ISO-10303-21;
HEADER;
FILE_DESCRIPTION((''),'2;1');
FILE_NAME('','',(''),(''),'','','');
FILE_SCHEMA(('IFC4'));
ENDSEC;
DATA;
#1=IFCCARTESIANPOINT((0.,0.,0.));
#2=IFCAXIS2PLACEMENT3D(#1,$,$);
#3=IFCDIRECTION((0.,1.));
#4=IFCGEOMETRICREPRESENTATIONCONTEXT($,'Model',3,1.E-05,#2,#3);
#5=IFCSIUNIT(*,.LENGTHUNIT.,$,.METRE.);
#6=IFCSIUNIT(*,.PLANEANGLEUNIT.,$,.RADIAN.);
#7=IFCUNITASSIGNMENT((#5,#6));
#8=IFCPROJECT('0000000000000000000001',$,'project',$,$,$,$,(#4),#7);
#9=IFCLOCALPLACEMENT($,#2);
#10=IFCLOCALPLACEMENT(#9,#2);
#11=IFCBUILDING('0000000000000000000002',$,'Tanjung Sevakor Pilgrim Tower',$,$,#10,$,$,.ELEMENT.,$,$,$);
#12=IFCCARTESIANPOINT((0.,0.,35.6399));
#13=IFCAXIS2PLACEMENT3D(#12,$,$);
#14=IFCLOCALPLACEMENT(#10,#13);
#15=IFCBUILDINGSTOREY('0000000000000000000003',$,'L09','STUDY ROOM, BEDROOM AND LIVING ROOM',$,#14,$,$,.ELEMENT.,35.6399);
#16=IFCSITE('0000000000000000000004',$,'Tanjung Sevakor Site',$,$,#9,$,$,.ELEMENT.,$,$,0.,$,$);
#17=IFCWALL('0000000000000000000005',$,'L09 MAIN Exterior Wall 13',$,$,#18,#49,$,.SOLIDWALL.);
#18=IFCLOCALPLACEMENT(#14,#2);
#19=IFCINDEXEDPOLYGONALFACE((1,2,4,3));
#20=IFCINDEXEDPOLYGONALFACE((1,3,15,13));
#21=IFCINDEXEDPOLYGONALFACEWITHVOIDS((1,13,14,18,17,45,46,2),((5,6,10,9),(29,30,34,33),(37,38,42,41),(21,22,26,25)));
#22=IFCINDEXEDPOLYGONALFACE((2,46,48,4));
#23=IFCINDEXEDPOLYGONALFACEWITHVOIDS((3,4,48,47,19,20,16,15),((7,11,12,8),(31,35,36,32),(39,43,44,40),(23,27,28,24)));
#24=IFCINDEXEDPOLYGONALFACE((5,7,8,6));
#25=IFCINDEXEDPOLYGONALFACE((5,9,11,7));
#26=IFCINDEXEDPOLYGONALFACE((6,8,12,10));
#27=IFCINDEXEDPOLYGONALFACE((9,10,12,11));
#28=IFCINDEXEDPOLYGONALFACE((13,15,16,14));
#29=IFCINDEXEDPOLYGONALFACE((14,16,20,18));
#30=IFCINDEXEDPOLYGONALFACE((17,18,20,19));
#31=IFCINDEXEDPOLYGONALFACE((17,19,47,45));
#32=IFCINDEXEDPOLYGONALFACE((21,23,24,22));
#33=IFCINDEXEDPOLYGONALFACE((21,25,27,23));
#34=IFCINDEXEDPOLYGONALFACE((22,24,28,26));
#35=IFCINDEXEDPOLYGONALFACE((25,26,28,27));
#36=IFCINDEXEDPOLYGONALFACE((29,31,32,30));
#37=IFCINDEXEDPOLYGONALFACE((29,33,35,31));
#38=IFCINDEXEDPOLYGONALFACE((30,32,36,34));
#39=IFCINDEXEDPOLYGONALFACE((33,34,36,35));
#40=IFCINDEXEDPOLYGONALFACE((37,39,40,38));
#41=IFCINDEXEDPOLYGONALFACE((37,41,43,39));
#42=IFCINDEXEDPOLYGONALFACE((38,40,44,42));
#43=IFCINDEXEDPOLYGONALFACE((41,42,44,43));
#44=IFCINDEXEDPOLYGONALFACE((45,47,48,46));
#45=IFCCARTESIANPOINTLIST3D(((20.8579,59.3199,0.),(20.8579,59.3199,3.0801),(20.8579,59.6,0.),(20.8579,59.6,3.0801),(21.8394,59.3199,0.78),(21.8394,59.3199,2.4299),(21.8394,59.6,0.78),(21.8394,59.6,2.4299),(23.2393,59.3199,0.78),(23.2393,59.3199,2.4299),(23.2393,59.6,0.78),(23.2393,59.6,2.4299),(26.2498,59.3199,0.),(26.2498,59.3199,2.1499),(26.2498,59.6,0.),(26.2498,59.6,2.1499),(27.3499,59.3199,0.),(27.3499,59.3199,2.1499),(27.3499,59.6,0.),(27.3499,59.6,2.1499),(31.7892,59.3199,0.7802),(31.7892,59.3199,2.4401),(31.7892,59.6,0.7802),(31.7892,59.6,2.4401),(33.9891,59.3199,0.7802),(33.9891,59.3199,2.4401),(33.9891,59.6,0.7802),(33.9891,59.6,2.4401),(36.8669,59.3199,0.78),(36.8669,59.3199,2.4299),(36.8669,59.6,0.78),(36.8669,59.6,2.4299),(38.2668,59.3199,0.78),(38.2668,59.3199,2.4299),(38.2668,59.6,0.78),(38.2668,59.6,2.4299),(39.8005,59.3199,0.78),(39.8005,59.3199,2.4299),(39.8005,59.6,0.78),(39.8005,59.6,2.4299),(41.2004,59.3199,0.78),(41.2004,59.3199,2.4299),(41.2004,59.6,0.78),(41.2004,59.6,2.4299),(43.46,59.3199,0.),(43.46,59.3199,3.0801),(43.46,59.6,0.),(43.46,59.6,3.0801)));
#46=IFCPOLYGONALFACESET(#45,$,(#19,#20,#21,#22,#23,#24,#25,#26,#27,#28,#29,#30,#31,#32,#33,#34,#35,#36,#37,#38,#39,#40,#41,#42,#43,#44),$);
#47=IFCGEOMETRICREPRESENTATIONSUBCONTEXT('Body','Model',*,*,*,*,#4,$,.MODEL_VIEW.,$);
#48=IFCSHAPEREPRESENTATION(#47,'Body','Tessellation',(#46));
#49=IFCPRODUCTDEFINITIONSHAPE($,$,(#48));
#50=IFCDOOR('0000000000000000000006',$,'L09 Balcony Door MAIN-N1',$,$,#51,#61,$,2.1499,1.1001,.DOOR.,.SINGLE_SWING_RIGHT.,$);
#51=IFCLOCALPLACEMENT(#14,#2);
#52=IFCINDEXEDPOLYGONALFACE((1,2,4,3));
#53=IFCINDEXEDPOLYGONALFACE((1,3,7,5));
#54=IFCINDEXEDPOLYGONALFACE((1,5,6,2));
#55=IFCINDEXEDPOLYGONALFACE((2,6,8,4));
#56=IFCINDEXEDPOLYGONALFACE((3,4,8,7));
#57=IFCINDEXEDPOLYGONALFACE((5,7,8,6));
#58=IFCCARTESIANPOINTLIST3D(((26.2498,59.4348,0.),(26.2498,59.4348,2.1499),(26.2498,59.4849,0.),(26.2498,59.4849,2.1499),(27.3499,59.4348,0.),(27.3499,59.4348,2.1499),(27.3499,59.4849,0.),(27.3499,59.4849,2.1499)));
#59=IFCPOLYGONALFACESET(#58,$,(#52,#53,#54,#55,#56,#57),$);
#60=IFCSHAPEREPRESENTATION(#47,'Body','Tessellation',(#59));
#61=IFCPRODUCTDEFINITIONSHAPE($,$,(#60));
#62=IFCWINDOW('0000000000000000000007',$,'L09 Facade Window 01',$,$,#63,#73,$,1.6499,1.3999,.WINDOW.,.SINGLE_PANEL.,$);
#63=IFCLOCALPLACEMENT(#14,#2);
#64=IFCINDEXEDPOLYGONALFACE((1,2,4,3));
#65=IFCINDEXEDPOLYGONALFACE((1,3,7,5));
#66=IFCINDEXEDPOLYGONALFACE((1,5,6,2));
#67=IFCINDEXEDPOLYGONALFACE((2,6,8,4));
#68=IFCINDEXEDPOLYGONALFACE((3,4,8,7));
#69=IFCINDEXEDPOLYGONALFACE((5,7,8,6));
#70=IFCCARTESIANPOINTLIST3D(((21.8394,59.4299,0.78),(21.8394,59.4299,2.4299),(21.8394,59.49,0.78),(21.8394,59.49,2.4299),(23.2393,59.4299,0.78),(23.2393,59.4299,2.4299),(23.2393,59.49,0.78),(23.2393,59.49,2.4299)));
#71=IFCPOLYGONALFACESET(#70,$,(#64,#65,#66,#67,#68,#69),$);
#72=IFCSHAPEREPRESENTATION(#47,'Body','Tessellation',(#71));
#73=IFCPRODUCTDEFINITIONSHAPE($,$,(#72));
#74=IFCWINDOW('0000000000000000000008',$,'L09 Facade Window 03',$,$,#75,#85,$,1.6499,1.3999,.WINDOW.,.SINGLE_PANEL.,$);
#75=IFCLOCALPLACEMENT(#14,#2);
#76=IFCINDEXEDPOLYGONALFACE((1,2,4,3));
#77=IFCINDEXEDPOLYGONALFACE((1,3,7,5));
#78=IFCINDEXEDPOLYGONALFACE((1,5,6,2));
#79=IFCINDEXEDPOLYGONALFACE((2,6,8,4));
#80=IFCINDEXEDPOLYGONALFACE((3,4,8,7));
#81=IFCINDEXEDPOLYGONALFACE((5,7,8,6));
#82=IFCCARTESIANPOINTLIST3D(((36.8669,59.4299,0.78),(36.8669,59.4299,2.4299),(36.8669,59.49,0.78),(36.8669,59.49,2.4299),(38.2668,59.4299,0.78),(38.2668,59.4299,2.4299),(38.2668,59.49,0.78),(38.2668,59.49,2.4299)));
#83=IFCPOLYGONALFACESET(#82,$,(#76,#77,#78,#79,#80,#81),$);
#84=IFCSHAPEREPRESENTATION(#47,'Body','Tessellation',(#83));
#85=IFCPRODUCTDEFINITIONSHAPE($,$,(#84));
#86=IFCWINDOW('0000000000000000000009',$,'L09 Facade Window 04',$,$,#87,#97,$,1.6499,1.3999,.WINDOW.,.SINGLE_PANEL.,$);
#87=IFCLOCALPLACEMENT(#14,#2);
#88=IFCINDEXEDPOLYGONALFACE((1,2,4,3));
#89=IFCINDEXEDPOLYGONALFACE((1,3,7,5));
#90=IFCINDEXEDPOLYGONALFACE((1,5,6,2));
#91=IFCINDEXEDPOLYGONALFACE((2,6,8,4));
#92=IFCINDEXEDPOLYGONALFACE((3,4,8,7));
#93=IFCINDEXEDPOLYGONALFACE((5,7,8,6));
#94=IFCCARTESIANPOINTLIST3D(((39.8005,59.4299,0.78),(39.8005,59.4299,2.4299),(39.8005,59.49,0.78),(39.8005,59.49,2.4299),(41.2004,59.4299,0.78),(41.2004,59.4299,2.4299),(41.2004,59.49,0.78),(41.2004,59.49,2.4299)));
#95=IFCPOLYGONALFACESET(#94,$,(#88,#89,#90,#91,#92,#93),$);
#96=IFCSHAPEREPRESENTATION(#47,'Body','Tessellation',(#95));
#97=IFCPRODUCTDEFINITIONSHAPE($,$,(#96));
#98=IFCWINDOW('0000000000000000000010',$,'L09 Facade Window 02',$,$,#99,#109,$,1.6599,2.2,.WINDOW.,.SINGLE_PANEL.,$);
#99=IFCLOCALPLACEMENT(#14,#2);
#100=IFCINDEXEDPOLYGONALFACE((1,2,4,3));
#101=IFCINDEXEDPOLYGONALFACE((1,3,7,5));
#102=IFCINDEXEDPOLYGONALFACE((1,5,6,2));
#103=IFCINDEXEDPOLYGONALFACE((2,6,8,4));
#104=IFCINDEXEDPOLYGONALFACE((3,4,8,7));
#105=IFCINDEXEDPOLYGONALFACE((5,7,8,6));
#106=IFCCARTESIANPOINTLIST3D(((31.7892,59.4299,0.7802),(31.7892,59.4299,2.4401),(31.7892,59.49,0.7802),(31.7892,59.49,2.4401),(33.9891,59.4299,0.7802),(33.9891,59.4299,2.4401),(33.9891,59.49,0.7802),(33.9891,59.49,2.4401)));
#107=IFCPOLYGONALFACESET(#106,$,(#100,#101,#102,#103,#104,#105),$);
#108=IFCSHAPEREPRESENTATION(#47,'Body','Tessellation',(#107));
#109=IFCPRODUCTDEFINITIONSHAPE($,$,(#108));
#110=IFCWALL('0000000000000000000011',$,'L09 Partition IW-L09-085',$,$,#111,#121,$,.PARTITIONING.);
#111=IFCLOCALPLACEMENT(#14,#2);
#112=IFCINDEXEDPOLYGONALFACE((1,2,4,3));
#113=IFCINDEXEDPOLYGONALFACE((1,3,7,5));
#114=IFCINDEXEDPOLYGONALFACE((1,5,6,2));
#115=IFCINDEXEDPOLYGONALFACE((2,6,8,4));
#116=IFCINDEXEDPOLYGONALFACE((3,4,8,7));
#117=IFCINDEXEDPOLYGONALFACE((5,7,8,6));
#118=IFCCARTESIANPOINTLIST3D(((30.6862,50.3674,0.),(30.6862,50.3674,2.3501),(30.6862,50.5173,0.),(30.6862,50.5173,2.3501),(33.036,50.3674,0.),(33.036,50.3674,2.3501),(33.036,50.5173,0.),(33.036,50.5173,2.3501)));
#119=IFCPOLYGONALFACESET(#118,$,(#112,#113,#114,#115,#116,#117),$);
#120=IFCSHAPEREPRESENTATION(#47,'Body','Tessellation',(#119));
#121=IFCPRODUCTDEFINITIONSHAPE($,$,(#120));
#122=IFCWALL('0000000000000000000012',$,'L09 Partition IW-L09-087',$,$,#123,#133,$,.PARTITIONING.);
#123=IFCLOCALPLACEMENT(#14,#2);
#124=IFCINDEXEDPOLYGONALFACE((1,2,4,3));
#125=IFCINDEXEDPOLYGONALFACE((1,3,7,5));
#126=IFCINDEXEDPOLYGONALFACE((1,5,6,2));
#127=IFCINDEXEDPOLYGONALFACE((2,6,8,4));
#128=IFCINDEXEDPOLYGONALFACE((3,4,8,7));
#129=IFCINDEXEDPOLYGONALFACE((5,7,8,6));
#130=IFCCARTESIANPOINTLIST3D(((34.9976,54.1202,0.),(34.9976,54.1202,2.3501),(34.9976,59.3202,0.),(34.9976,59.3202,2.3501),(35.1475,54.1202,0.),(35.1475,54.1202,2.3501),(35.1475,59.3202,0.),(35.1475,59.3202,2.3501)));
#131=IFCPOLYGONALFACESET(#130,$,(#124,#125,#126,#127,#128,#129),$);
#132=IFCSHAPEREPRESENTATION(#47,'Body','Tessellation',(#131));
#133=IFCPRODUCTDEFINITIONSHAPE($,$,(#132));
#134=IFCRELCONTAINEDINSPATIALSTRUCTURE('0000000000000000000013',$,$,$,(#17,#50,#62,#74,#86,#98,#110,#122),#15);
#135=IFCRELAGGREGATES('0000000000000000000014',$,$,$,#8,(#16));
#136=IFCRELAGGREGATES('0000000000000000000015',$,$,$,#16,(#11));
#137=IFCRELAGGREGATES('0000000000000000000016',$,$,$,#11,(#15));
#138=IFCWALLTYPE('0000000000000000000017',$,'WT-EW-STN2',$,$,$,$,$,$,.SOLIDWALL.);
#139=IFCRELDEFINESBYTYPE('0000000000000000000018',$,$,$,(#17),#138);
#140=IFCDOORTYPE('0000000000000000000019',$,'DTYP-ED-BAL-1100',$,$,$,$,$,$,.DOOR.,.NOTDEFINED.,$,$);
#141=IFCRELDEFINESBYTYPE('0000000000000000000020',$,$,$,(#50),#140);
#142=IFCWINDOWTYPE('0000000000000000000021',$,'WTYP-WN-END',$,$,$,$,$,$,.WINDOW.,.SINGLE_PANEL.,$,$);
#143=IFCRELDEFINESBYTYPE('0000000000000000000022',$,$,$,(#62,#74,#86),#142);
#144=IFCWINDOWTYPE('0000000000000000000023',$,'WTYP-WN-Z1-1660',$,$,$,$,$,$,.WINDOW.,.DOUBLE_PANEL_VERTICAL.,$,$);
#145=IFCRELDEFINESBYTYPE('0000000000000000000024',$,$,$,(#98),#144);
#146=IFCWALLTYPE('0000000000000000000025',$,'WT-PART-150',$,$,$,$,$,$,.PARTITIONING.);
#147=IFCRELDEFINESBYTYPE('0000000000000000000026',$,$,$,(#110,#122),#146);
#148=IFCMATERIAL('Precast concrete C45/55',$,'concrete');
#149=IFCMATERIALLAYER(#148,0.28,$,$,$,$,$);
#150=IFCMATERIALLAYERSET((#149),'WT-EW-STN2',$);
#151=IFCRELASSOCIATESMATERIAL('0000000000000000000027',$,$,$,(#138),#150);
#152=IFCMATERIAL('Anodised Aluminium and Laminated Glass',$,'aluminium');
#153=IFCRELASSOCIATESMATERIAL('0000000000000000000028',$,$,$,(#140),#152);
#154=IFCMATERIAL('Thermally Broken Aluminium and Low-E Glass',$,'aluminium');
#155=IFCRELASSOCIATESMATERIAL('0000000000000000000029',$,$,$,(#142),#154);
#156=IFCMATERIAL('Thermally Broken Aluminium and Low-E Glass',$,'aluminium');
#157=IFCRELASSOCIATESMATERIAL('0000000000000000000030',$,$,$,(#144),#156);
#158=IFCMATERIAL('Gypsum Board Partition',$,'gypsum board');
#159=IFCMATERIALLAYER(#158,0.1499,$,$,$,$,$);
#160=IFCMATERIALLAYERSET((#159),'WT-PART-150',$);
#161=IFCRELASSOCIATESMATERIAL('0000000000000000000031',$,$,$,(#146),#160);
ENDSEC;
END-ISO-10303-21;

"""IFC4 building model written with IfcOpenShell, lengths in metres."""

from ifc_helpers import new_model, si_unit, direction, frame, frame_2d, origin, place, context, subcontext, project, spatial, rectangle, extrude, material, layer, layer_set, type_object, element, fill, save


model = new_model("IFC4")

# Units and contexts
model_context = context("Model", 3, precision=1e-05, world=origin(), true_north=direction((0.0, 1.0)))
body_context = subcontext(model_context, "Body", "Model", "MODEL_VIEW")
ifc_project = project(units=[si_unit("LENGTHUNIT", "METRE"), si_unit("PLANEANGLEUNIT", "RADIAN")], contexts=[model_context])

# Site, building, storey
site_placement = place(None, origin())
site = spatial("IfcSite", under=ifc_project, at=site_placement, Name="Tanjung Sevakor Site", CompositionType="ELEMENT", RefElevation=0.0)
building_placement = place(site_placement, origin())
building = spatial("IfcBuilding", under=site, at=building_placement, Name="Tanjung Sevakor Pilgrim Tower", CompositionType="ELEMENT")
storey_placement = place(building_placement, frame((0.0, 0.0, 35.6399)))
storey = spatial("IfcBuildingStorey", under=building, at=storey_placement, Name="L09", Description="STUDY ROOM, BEDROOM AND LIVING ROOM", CompositionType="ELEMENT", Elevation=35.6399)

# Shared definitions
ifc_material_1 = material(Name="Precast concrete C45/55", Category="concrete")
ifc_layer_1 = layer(ifc_material_1, 0.28)
ifc_layer_set_1 = layer_set([ifc_layer_1], Name="WT-EW-STN2")
wall_type_1 = type_object("IfcWallType", Name="WT-EW-STN2", PredefinedType="SOLIDWALL", material=ifc_layer_set_1)

# Wall, openings, door, windows
wall_1_placement = place(storey_placement, frame((43.46, 59.46, 0.0), z_axis=(0.0, 0.0, 1.0), x_axis=(-1.0, 0.0, 0.0)))
wall_1 = element("IfcWall", 1, at=wall_1_placement, inside=storey, type_object=wall_type_1, Name="L09 MAIN Exterior Wall 13", PredefinedType="SOLIDWALL", context=body_context, shape_type="SweptSolid", body=[
    extrude(rectangle(XDim=22.6021, YDim=0.28, at=frame_2d((11.301, 0.0))), origin(), (0.0, 0.0, 1.0), 3.0801),
])
opening_1_placement = place(wall_1_placement, frame((16.1101, 0.0, 0.0)))
opening_1 = element("IfcOpeningElement", 2, at=opening_1_placement, cuts=wall_1, PredefinedType="OPENING", context=body_context, shape_type="SweptSolid", body=[
    extrude(rectangle(XDim=1.1001, YDim=2.1499, at=frame_2d((0.55, 1.075))), frame((0.0, 0.1499, 0.0), z_axis=(0.0, -1.0, 0.0), x_axis=(1.0, 0.0, 0.0)), (0.0, 0.0, 1.0), 0.3),
])
opening_2_placement = place(wall_1_placement, frame((20.2207, 0.0, 0.78)))
opening_2 = element("IfcOpeningElement", 3, at=opening_2_placement, cuts=wall_1, PredefinedType="OPENING", context=body_context, shape_type="SweptSolid", body=[
    extrude(rectangle(XDim=1.3999, YDim=1.6499, at=frame_2d((0.7, 0.825))), frame((0.0, 0.1499, 0.0), z_axis=(0.0, -1.0, 0.0), x_axis=(1.0, 0.0, 0.0)), (0.0, 0.0, 1.0), 0.3),
])
opening_3_placement = place(wall_1_placement, frame((9.4707, 0.0, 0.78)))
opening_3 = element("IfcOpeningElement", 4, at=opening_3_placement, cuts=wall_1, PredefinedType="OPENING", context=body_context, shape_type="SweptSolid", body=[
    extrude(rectangle(XDim=2.2, YDim=1.6599, at=frame_2d((1.1001, 0.8301))), frame((0.0, 0.1499, 0.0), z_axis=(0.0, -1.0, 0.0), x_axis=(1.0, 0.0, 0.0)), (0.0, 0.0, 1.0), 0.3),
])
opening_4_placement = place(wall_1_placement, frame((5.1931, 0.0, 0.78)))
opening_4 = element("IfcOpeningElement", 5, at=opening_4_placement, cuts=wall_1, PredefinedType="OPENING", context=body_context, shape_type="SweptSolid", body=[
    extrude(rectangle(XDim=1.3999, YDim=1.6499, at=frame_2d((0.7, 0.825))), frame((0.0, 0.1499, 0.0), z_axis=(0.0, -1.0, 0.0), x_axis=(1.0, 0.0, 0.0)), (0.0, 0.0, 1.0), 0.3),
])
opening_5_placement = place(wall_1_placement, frame((2.2595, 0.0, 0.78)))
opening_5 = element("IfcOpeningElement", 6, at=opening_5_placement, cuts=wall_1, PredefinedType="OPENING", context=body_context, shape_type="SweptSolid", body=[
    extrude(rectangle(XDim=1.3999, YDim=1.6499, at=frame_2d((0.7, 0.825))), frame((0.0, 0.1499, 0.0), z_axis=(0.0, -1.0, 0.0), x_axis=(1.0, 0.0, 0.0)), (0.0, 0.0, 1.0), 0.3),
])
ifc_material_2 = material(Name="Anodised Aluminium and Laminated Glass", Category="aluminium")
door_type_1 = type_object("IfcDoorType", Name="DTYP-ED-BAL-1100", OperationType="NOTDEFINED", PredefinedType="DOOR", material=ifc_material_2)
door_1_placement = place(opening_1_placement, frame((1.1001, 0.0, 0.0), z_axis=(0.0, 0.0, 1.0), x_axis=(-1.0, 0.0, 0.0)))
door_1 = element("IfcDoor", 7, at=door_1_placement, inside=storey, type_object=door_type_1, Name="L09 Balcony Door MAIN-N1", OperationType="SINGLE_SWING_RIGHT", OverallHeight=2.1499, OverallWidth=1.1001, PredefinedType="DOOR", context=body_context, shape_type="SweptSolid", body=[
    extrude(rectangle(XDim=1.1001, YDim=2.1499, at=frame_2d((0.55, 1.075))), frame((0.0, 0.0249, 0.0), z_axis=(0.0, -1.0, 0.0), x_axis=(1.0, 0.0, 0.0)), (0.0, 0.0, 1.0), 0.05),
])
fill(opening_1, door_1)
ifc_material_3 = material(Name="Thermally Broken Aluminium and Low-E Glass", Category="aluminium")
window_type_1 = type_object("IfcWindowType", Name="WTYP-WN-END", PartitioningType="SINGLE_PANEL", PredefinedType="WINDOW", material=ifc_material_3)
window_1_placement = place(opening_2_placement, origin())
window_1 = element("IfcWindow", 8, at=window_1_placement, inside=storey, type_object=window_type_1, Name="L09 Facade Window 01", OverallHeight=1.6499, OverallWidth=1.3999, PartitioningType="SINGLE_PANEL", PredefinedType="WINDOW", context=body_context, shape_type="SweptSolid", body=[
    extrude(rectangle(XDim=1.3999, YDim=1.6499, at=frame_2d((0.7, 0.825))), frame((0.0, 0.03, 0.0), z_axis=(0.0, -1.0, 0.0), x_axis=(1.0, 0.0, 0.0)), (0.0, 0.0, 1.0), 0.0601),
])
fill(opening_2, window_1)
window_2_placement = place(opening_4_placement, origin())
window_2 = element("IfcWindow", 9, at=window_2_placement, inside=storey, type_object=window_type_1, Name="L09 Facade Window 03", OverallHeight=1.6499, OverallWidth=1.3999, PartitioningType="SINGLE_PANEL", PredefinedType="WINDOW", context=body_context, shape_type="SweptSolid", body=[
    extrude(rectangle(XDim=1.3999, YDim=1.6499, at=frame_2d((0.7, 0.825))), frame((0.0, 0.03, 0.0), z_axis=(0.0, -1.0, 0.0), x_axis=(1.0, 0.0, 0.0)), (0.0, 0.0, 1.0), 0.0601),
])
fill(opening_4, window_2)
window_3_placement = place(opening_5_placement, origin())
window_3 = element("IfcWindow", 10, at=window_3_placement, inside=storey, type_object=window_type_1, Name="L09 Facade Window 04", OverallHeight=1.6499, OverallWidth=1.3999, PartitioningType="SINGLE_PANEL", PredefinedType="WINDOW", context=body_context, shape_type="SweptSolid", body=[
    extrude(rectangle(XDim=1.3999, YDim=1.6499, at=frame_2d((0.7, 0.825))), frame((0.0, 0.03, 0.0), z_axis=(0.0, -1.0, 0.0), x_axis=(1.0, 0.0, 0.0)), (0.0, 0.0, 1.0), 0.0601),
])
fill(opening_5, window_3)
ifc_material_4 = material(Name="Thermally Broken Aluminium and Low-E Glass", Category="aluminium")
window_type_2 = type_object("IfcWindowType", Name="WTYP-WN-Z1-1660", PartitioningType="DOUBLE_PANEL_VERTICAL", PredefinedType="WINDOW", material=ifc_material_4)
window_4_placement = place(opening_3_placement, origin())
window_4 = element("IfcWindow", 11, at=window_4_placement, inside=storey, type_object=window_type_2, Name="L09 Facade Window 02", OverallHeight=1.6599, OverallWidth=2.2, PartitioningType="SINGLE_PANEL", PredefinedType="WINDOW", context=body_context, shape_type="SweptSolid", body=[
    extrude(rectangle(XDim=2.2, YDim=1.6599, at=frame_2d((1.1001, 0.8301))), frame((0.0, 0.03, 0.0), z_axis=(0.0, -1.0, 0.0), x_axis=(1.0, 0.0, 0.0)), (0.0, 0.0, 1.0), 0.0601),
])
fill(opening_3, window_4)

# Walls
ifc_material_5 = material(Name="Gypsum Board Partition", Category="gypsum board")
ifc_layer_2 = layer(ifc_material_5, 0.1499)
ifc_layer_set_2 = layer_set([ifc_layer_2], Name="WT-PART-150")
wall_type_2 = type_object("IfcWallType", Name="WT-PART-150", PredefinedType="PARTITIONING", material=ifc_layer_set_2)
wall_2_placement = place(storey_placement, frame((30.6863, 50.4424, 0.0), z_axis=(0.0, 0.0, 1.0), x_axis=(1.0, 0.0, 0.0)))
element("IfcWall", 12, at=wall_2_placement, inside=storey, type_object=wall_type_2, Name="L09 Partition IW-L09-085", PredefinedType="PARTITIONING", context=body_context, shape_type="SweptSolid", body=[
    extrude(rectangle(XDim=2.3499, YDim=0.1499, at=frame_2d((1.1748, 0.0))), origin(), (0.0, 0.0, 1.0), 2.3501),
])
wall_3_placement = place(storey_placement, frame((35.0725, 54.1201, 0.0), z_axis=(0.0, 0.0, 1.0), x_axis=(0.0, 1.0, 0.0)))
element("IfcWall", 13, at=wall_3_placement, inside=storey, type_object=wall_type_2, Name="L09 Partition IW-L09-087", PredefinedType="PARTITIONING", context=body_context, shape_type="SweptSolid", body=[
    extrude(rectangle(XDim=5.2, YDim=0.1499, at=frame_2d((2.6001, 0.0))), origin(), (0.0, 0.0, 1.0), 2.3501),
])

save(model, "model.ifc")
